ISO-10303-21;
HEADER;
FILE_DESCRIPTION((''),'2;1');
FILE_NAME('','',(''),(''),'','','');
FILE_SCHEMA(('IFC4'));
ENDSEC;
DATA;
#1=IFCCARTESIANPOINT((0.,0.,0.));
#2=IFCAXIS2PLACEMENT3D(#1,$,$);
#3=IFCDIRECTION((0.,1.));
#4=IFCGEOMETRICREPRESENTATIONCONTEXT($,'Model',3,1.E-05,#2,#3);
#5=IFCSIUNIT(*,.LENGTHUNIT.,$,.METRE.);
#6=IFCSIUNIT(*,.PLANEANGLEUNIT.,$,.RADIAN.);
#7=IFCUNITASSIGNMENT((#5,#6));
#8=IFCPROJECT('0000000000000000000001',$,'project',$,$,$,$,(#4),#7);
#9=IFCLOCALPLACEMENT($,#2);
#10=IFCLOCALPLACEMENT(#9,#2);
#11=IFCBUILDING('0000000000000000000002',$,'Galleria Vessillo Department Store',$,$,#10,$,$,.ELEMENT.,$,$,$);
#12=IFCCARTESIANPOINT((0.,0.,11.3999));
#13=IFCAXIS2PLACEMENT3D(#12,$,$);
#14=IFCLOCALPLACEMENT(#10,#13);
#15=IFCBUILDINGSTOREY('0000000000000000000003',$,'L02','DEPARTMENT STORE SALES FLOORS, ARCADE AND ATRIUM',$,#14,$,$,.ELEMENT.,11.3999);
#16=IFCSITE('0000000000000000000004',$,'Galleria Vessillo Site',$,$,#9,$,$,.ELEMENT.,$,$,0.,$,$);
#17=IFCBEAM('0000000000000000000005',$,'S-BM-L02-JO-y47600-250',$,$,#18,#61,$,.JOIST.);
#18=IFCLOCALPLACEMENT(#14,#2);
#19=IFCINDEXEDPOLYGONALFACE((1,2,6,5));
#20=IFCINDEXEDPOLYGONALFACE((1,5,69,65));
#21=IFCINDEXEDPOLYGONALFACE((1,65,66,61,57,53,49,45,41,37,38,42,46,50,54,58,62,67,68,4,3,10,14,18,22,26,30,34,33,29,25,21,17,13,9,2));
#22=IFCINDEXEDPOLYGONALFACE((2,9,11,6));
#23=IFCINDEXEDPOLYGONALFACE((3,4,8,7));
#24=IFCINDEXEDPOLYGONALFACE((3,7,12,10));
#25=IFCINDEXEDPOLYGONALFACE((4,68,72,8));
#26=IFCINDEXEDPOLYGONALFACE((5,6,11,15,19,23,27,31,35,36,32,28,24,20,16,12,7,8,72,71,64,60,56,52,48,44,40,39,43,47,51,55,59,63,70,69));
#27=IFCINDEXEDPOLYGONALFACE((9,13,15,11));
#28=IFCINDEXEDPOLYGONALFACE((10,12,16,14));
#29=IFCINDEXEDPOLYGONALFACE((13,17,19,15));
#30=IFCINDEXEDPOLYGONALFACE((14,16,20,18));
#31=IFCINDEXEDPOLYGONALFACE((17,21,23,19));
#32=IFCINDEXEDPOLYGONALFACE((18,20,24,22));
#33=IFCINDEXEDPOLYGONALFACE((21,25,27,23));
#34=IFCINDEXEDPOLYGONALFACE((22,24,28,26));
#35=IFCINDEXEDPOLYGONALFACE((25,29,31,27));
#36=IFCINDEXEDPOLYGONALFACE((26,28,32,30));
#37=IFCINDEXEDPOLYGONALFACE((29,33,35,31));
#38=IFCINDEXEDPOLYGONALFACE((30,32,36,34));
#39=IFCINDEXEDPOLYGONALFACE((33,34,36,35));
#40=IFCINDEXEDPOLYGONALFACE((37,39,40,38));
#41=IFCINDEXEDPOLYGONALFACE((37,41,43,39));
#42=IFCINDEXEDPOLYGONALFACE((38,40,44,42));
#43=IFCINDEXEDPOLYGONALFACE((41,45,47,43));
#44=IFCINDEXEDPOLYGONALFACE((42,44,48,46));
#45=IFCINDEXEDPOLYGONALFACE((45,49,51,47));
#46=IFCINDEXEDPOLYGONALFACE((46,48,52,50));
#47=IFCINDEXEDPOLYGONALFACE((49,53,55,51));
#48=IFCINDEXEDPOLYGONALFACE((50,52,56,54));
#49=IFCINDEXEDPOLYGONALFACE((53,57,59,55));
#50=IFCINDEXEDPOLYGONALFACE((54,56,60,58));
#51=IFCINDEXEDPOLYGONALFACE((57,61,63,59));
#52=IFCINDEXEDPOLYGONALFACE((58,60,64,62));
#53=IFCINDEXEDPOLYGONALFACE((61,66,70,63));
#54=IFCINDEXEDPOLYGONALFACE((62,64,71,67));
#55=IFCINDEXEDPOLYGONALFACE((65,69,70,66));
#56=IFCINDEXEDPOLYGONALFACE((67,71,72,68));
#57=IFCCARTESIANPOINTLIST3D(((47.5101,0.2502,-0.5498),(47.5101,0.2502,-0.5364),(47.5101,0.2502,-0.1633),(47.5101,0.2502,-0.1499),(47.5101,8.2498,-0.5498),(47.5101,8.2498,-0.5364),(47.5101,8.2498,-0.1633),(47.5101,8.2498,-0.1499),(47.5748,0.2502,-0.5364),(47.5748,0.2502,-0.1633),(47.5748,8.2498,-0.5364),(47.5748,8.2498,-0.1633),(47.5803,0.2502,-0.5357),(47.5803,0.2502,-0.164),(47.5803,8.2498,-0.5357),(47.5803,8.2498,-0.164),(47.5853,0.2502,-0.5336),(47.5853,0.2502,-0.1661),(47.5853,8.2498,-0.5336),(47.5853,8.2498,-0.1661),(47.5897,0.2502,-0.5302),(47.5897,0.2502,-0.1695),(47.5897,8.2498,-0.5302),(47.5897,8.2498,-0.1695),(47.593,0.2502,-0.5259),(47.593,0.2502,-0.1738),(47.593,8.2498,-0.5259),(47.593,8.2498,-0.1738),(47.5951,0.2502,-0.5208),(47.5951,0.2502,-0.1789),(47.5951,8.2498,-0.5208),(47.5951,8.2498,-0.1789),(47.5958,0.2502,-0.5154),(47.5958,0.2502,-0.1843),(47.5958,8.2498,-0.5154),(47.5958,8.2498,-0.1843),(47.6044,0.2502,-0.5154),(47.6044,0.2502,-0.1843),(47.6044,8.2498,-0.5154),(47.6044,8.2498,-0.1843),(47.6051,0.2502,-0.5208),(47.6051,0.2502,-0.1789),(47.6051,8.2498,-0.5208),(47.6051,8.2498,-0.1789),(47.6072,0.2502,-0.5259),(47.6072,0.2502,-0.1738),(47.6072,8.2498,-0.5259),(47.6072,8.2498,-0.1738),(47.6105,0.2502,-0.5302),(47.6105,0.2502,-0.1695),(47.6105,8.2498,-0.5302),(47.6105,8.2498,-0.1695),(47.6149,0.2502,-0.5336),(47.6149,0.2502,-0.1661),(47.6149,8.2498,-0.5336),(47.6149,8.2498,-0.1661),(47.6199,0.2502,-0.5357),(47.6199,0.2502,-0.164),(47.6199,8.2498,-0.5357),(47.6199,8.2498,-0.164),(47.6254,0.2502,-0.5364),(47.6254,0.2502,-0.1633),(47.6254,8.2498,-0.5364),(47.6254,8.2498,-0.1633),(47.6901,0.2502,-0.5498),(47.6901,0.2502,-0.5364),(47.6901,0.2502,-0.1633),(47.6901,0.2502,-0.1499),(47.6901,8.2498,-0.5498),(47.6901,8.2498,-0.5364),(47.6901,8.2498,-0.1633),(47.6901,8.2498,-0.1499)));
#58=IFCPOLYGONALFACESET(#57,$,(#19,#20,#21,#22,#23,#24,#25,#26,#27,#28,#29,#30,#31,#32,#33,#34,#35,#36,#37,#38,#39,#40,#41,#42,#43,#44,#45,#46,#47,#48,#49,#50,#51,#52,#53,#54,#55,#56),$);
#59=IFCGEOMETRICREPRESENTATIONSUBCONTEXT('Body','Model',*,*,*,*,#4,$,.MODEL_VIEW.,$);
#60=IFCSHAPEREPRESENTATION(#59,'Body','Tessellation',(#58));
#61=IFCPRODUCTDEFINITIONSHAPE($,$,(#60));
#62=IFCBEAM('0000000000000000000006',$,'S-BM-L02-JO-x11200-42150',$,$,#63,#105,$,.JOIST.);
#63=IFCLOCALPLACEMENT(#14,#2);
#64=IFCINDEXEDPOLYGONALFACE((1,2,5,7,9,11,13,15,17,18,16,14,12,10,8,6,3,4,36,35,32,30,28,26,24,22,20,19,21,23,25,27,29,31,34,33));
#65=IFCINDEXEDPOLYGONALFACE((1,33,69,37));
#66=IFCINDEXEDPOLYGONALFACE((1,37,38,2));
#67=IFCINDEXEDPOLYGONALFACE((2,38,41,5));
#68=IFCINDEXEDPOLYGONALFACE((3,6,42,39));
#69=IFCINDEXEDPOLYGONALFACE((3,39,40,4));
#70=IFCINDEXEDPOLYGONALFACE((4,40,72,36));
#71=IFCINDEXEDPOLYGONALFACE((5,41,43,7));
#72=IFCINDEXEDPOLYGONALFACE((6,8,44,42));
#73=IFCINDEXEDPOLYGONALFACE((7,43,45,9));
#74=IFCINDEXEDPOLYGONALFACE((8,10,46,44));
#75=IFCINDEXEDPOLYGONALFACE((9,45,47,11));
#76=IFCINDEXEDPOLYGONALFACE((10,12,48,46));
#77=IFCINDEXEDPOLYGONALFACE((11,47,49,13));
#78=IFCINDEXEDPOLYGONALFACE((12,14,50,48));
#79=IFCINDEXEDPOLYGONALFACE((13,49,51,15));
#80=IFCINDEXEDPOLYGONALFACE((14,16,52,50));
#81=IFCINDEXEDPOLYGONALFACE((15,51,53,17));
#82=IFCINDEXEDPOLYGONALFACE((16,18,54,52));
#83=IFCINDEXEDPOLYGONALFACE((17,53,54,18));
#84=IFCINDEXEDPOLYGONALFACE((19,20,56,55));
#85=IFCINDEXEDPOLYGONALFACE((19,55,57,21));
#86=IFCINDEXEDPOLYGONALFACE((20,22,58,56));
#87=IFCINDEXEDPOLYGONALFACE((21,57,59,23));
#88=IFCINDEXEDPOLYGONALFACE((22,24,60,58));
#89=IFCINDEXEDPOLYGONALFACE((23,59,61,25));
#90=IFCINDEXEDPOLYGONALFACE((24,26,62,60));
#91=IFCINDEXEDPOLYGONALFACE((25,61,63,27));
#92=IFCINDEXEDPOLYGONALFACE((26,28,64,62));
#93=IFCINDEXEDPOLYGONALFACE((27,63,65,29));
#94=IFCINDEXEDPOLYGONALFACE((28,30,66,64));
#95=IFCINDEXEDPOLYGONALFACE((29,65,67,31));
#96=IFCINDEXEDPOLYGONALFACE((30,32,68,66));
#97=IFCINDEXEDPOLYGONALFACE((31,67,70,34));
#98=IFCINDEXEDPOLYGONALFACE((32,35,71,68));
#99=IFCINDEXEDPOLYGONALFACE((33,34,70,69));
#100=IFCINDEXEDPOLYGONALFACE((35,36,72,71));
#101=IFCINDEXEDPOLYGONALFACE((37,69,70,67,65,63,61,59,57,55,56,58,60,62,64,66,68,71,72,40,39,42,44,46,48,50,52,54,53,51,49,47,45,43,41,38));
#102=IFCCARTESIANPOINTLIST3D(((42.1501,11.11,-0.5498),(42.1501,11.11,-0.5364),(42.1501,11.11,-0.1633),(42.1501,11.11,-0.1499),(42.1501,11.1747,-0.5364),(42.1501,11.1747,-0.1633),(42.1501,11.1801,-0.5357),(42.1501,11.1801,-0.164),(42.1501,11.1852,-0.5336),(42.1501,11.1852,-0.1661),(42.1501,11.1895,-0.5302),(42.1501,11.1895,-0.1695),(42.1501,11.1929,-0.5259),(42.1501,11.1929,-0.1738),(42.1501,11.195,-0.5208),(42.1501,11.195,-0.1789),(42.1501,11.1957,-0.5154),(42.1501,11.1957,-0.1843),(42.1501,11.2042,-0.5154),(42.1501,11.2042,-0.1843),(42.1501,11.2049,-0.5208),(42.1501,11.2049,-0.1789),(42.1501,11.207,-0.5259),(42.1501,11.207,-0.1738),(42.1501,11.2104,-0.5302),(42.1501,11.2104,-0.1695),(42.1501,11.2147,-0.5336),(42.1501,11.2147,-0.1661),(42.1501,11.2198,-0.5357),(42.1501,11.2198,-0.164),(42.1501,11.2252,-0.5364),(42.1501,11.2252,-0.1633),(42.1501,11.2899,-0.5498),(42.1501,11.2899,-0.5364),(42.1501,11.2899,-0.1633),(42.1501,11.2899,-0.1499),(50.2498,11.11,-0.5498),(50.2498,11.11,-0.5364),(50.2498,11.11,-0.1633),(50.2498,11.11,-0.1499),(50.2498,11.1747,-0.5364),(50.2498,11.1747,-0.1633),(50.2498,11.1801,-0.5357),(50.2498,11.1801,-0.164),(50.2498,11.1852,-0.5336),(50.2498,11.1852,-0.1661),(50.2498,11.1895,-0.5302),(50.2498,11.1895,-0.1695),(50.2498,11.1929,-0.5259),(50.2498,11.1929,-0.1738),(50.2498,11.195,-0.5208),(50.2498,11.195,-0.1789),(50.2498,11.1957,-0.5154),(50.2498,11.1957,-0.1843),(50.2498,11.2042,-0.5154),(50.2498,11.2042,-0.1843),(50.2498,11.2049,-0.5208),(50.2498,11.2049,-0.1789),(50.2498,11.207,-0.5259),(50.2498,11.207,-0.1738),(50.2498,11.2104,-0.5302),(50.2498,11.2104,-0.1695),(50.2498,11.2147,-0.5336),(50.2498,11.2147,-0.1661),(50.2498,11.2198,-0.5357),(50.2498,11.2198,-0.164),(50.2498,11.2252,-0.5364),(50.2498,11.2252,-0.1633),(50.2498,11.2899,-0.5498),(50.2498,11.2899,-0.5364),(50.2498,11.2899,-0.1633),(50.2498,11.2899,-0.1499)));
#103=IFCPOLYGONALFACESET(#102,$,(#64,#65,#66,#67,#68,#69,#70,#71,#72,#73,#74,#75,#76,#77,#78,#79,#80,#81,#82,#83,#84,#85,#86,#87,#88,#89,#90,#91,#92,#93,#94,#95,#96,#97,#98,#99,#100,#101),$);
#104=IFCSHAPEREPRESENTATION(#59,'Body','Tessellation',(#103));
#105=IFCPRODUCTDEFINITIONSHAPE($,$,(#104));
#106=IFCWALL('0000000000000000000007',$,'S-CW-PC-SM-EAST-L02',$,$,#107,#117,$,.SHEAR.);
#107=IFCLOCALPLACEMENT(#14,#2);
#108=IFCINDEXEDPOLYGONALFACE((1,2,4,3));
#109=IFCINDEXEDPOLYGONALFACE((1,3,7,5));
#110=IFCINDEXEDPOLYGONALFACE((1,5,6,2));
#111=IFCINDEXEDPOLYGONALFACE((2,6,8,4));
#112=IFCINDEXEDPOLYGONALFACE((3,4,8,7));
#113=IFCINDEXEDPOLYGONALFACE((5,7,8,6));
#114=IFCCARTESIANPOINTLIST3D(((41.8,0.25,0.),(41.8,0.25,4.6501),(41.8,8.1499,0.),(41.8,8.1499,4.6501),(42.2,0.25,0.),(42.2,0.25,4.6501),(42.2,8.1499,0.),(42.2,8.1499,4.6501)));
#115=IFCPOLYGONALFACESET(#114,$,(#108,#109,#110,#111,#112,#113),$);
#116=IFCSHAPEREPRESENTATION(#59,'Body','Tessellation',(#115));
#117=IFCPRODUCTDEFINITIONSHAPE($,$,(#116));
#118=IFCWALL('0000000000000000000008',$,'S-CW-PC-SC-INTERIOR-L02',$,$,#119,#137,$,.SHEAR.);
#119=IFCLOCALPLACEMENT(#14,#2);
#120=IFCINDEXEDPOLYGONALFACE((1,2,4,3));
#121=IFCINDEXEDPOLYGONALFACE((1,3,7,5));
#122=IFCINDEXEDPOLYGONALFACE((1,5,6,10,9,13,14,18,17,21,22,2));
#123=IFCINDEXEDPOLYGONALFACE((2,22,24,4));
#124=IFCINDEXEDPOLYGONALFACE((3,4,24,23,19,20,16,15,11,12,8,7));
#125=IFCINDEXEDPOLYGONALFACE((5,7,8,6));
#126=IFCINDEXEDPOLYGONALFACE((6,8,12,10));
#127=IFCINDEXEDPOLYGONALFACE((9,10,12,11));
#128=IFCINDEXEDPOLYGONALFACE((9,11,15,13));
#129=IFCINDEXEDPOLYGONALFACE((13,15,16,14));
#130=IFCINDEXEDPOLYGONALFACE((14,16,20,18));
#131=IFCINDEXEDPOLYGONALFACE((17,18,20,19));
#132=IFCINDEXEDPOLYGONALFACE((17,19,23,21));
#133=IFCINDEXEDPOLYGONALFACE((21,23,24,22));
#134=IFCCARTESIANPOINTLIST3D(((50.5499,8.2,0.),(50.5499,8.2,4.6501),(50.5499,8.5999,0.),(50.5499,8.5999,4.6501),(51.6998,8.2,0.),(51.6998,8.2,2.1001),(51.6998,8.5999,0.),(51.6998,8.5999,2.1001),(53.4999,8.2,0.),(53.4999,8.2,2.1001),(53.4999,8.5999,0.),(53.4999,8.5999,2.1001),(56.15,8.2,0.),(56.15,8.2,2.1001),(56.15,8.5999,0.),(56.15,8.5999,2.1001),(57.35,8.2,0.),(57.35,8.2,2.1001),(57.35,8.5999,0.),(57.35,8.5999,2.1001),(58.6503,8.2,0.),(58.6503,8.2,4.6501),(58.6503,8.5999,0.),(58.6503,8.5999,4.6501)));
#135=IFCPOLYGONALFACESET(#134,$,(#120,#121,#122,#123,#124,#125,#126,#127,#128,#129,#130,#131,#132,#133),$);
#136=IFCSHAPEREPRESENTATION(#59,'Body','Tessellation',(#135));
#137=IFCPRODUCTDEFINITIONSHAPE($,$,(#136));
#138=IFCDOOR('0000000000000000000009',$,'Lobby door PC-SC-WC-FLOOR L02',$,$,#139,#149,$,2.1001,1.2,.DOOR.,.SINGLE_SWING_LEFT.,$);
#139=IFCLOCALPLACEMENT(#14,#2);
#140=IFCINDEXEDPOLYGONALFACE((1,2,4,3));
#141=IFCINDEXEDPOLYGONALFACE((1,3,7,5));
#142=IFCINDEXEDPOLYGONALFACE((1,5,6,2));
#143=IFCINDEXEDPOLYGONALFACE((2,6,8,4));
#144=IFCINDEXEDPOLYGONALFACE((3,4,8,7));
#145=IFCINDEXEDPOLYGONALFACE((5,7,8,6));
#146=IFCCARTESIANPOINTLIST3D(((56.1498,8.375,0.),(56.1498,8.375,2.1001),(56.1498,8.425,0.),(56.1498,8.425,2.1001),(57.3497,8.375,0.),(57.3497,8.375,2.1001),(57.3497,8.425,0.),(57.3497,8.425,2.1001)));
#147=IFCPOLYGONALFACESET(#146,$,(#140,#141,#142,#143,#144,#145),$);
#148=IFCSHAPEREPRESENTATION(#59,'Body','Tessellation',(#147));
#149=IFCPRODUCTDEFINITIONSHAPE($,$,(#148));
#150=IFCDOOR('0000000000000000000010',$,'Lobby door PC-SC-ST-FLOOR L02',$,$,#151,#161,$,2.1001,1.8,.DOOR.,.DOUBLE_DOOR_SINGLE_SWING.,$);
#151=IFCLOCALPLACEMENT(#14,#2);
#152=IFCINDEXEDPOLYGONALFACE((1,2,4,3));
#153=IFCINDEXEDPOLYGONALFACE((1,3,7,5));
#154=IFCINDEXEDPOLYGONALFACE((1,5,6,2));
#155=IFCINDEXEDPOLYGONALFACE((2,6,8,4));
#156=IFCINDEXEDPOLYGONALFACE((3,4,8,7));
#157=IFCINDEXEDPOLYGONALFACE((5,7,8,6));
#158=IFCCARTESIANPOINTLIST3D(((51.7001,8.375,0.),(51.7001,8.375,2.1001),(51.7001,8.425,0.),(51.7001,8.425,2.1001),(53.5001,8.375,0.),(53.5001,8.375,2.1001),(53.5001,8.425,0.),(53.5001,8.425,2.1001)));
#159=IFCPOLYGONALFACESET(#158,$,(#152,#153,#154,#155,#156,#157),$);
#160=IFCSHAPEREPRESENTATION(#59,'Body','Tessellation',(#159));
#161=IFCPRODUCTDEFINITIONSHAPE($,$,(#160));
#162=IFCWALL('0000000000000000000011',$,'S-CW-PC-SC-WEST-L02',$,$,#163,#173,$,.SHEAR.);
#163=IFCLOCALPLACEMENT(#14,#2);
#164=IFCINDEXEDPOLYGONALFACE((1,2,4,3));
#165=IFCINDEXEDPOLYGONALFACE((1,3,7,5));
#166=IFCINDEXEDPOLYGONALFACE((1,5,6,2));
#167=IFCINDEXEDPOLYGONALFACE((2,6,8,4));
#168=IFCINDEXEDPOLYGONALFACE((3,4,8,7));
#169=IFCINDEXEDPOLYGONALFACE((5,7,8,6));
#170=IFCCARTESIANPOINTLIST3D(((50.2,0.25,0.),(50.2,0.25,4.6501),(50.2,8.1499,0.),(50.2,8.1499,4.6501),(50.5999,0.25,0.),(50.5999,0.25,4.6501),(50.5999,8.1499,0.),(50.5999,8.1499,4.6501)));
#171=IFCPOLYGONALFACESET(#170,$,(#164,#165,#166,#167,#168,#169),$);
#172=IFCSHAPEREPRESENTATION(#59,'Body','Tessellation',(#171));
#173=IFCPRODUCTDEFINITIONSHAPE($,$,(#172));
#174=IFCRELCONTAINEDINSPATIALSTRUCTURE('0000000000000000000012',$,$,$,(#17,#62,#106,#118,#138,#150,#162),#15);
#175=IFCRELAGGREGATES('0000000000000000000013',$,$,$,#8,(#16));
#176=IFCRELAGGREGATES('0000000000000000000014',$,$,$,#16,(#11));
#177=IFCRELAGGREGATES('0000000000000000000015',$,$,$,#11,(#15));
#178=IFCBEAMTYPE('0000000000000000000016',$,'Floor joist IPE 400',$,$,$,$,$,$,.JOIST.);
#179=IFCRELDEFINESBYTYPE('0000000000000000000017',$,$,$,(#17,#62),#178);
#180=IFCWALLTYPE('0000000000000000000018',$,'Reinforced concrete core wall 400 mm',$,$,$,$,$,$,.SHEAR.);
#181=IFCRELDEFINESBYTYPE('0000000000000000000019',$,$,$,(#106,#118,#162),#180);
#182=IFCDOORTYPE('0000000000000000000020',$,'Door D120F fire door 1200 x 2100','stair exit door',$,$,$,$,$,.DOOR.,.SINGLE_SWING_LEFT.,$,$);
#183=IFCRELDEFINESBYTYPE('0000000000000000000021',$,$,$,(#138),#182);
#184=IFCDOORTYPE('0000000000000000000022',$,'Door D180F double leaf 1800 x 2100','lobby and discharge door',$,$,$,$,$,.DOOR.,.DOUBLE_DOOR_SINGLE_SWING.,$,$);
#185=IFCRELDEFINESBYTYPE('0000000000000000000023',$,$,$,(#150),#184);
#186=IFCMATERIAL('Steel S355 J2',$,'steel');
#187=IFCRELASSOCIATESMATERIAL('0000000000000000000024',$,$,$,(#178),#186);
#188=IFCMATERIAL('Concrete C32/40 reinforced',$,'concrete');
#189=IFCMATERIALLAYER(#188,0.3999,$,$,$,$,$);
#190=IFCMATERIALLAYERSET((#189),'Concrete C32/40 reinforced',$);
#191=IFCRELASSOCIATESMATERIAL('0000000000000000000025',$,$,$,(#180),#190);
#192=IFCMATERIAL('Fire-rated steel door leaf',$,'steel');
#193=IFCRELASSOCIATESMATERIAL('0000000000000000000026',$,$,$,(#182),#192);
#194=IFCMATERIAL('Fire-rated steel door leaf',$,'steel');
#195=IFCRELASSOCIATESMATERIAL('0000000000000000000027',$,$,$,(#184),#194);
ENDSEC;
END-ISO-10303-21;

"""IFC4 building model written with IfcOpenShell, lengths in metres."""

from ifc_helpers import new_model, si_unit, direction, frame, frame_2d, origin, origin_2d, place, context, subcontext, project, spatial, rectangle, i_section, extrude, material, layer, layer_set, material_profile, profile_set, type_object, element, fill, save


model = new_model("IFC4")

# Units and contexts
model_context = context("Model", 3, precision=1e-05, world=origin(), true_north=direction((0.0, 1.0)))
body_context = subcontext(model_context, "Body", "Model", "MODEL_VIEW")
ifc_project = project(units=[si_unit("LENGTHUNIT", "METRE"), si_unit("PLANEANGLEUNIT", "RADIAN")], contexts=[model_context])

# Site, building, storey
site_placement = place(None, origin())
site = spatial("IfcSite", under=ifc_project, at=site_placement, Name="Galleria Vessillo Site", CompositionType="ELEMENT", RefElevation=0.0)
building_placement = place(site_placement, origin())
building = spatial("IfcBuilding", under=site, at=building_placement, Name="Galleria Vessillo Department Store", CompositionType="ELEMENT")
storey_placement = place(building_placement, frame((0.0, 0.0, 11.3999)))
storey = spatial("IfcBuildingStorey", under=building, at=storey_placement, Name="L02", Description="DEPARTMENT STORE SALES FLOORS, ARCADE AND ATRIUM", CompositionType="ELEMENT", Elevation=11.3999)

# Beams
ifc_material_1 = material(Name="Steel S355 J2", Category="steel")
ifc_material_profile_1 = material_profile(ifc_material_1, i_section(OverallWidth=0.1799, OverallDepth=0.3999, WebThickness=0.0085, FlangeThickness=0.0134, FilletRadius=0.021, at=origin_2d()), Name="IPE 400")
ifc_profile_set_1 = profile_set([ifc_material_profile_1], Name="Steel S355 J2")
beam_type_1 = type_object("IfcBeamType", Name="Floor joist IPE 400", PredefinedType="JOIST", material=ifc_profile_set_1)
for number, where, z_axis, x_axis, name in (
    (1, (47.6001, 0.2502, -0.3499), (0.0, 1.0, 0.0), (-1.0, 0.0, 0.0), "S-BM-L02-JO-y47600-250"),
):
    element("IfcBeam", number, at=place(storey_placement, frame(where, z_axis=z_axis, x_axis=x_axis)), inside=storey, type_object=beam_type_1, Name=name, PredefinedType="JOIST", context=body_context, shape_type="SweptSolid", body=[
        extrude(i_section(OverallWidth=0.1799, OverallDepth=0.3999, WebThickness=0.0085, FlangeThickness=0.0134, FilletRadius=0.021, at=origin_2d()), origin(), (0.0, 0.0, 1.0), 7.9995),
    ])
beam_1_placement = place(storey_placement, frame((42.1501, 11.2, -0.3499), z_axis=(1.0, 0.0, 0.0), x_axis=(0.0, 1.0, 0.0)))
element("IfcBeam", 2, at=beam_1_placement, inside=storey, type_object=beam_type_1, Name="S-BM-L02-JO-x11200-42150", PredefinedType="JOIST", context=body_context, shape_type="SweptSolid", body=[
    extrude(i_section(OverallWidth=0.1799, OverallDepth=0.3999, WebThickness=0.0085, FlangeThickness=0.0134, FilletRadius=0.021, at=origin_2d()), origin(), (0.0, 0.0, 1.0), 8.0996),
])

# Wall
ifc_material_2 = material(Name="Concrete C32/40 reinforced", Category="concrete")
ifc_layer_1 = layer(ifc_material_2, 0.3999)
ifc_layer_set_1 = layer_set([ifc_layer_1], Name="Concrete C32/40 reinforced")
wall_type_1 = type_object("IfcWallType", Name="Reinforced concrete core wall 400 mm", PredefinedType="SHEAR", material=ifc_layer_set_1)
wall_1_placement = place(storey_placement, frame((42.0, 0.25, 0.0), z_axis=(0.0, 0.0, 1.0), x_axis=(0.0, 1.0, 0.0)))
element("IfcWall", 3, at=wall_1_placement, inside=storey, type_object=wall_type_1, Name="S-CW-PC-SM-EAST-L02", PredefinedType="SHEAR", context=body_context, shape_type="SweptSolid", body=[
    extrude(rectangle(XDim=7.8999, YDim=0.3999, at=frame_2d((3.95, 0.0))), origin(), (0.0, 0.0, 1.0), 4.6501),
])

# Wall, openings, doors
wall_2_placement = place(storey_placement, frame((50.5498, 8.3999, 0.0), z_axis=(0.0, 0.0, 1.0), x_axis=(1.0, 0.0, 0.0)))
wall_2 = element("IfcWall", 4, at=wall_2_placement, inside=storey, type_object=wall_type_1, Name="S-CW-PC-SC-INTERIOR-L02", PredefinedType="SHEAR", context=body_context, shape_type="SweptSolid", body=[
    extrude(rectangle(XDim=8.1003, YDim=0.3999, at=frame_2d((4.0503, 0.0))), origin(), (0.0, 0.0, 1.0), 4.6501),
])
opening_1_placement = place(wall_2_placement, frame((1.1501, 0.0, 0.0)))
opening_1 = element("IfcOpeningElement", 5, at=opening_1_placement, cuts=wall_2, PredefinedType="OPENING", context=body_context, shape_type="SweptSolid", body=[
    extrude(rectangle(XDim=1.8, YDim=2.1001, at=frame_2d((0.8999, 1.05))), frame((0.0, 0.21, 0.0), z_axis=(0.0, -1.0, 0.0), x_axis=(1.0, 0.0, 0.0)), (0.0, 0.0, 1.0), 0.4199),
])
opening_2_placement = place(wall_2_placement, frame((5.6001, 0.0, 0.0)))
opening_2 = element("IfcOpeningElement", 6, at=opening_2_placement, cuts=wall_2, PredefinedType="OPENING", context=body_context, shape_type="SweptSolid", body=[
    extrude(rectangle(XDim=1.2, YDim=2.1001, at=frame_2d((0.6001, 1.05))), frame((0.0, 0.21, 0.0), z_axis=(0.0, -1.0, 0.0), x_axis=(1.0, 0.0, 0.0)), (0.0, 0.0, 1.0), 0.4199),
])
ifc_material_3 = material(Name="Fire-rated steel door leaf", Category="steel")
door_type_1 = type_object("IfcDoorType", Name="Door D120F fire door 1200 x 2100", Description="stair exit door", OperationType="SINGLE_SWING_LEFT", PredefinedType="DOOR", material=ifc_material_3)
door_1_placement = place(opening_2_placement, frame((1.2, 0.0, 0.0), z_axis=(0.0, 0.0, 1.0), x_axis=(-1.0, 0.0, 0.0)))
door_1 = element("IfcDoor", 7, at=door_1_placement, inside=storey, type_object=door_type_1, Name="Lobby door PC-SC-WC-FLOOR L02", OperationType="SINGLE_SWING_LEFT", OverallHeight=2.1001, OverallWidth=1.2, PredefinedType="DOOR", context=body_context, shape_type="SweptSolid", body=[
    extrude(rectangle(XDim=1.2, YDim=2.1001, at=frame_2d((0.6001, 1.05))), frame((0.0, 0.0249, 0.0), z_axis=(0.0, -1.0, 0.0), x_axis=(1.0, 0.0, 0.0)), (0.0, 0.0, 1.0), 0.05),
])
fill(opening_2, door_1)
ifc_material_4 = material(Name="Fire-rated steel door leaf", Category="steel")
door_type_2 = type_object("IfcDoorType", Name="Door D180F double leaf 1800 x 2100", Description="lobby and discharge door", OperationType="DOUBLE_DOOR_SINGLE_SWING", PredefinedType="DOOR", material=ifc_material_4)
door_2_placement = place(opening_1_placement, frame((1.8, 0.0, 0.0), z_axis=(0.0, 0.0, 1.0), x_axis=(-1.0, 0.0, 0.0)))
door_2 = element("IfcDoor", 8, at=door_2_placement, inside=storey, type_object=door_type_2, Name="Lobby door PC-SC-ST-FLOOR L02", OperationType="DOUBLE_DOOR_SINGLE_SWING", OverallHeight=2.1001, OverallWidth=1.8, PredefinedType="DOOR", context=body_context, shape_type="SweptSolid", body=[
    extrude(rectangle(XDim=1.8, YDim=2.1001, at=frame_2d((0.8999, 1.05))), frame((0.0, 0.0249, 0.0), z_axis=(0.0, -1.0, 0.0), x_axis=(1.0, 0.0, 0.0)), (0.0, 0.0, 1.0), 0.05),
])
fill(opening_1, door_2)

# Wall
wall_3_placement = place(storey_placement, frame((50.3999, 0.25, 0.0), z_axis=(0.0, 0.0, 1.0), x_axis=(0.0, 1.0, 0.0)))
element("IfcWall", 9, at=wall_3_placement, inside=storey, type_object=wall_type_1, Name="S-CW-PC-SC-WEST-L02", PredefinedType="SHEAR", context=body_context, shape_type="SweptSolid", body=[
    extrude(rectangle(XDim=7.8999, YDim=0.3999, at=frame_2d((3.95, 0.0))), origin(), (0.0, 0.0, 1.0), 4.6501),
])

save(model, "model.ifc")
